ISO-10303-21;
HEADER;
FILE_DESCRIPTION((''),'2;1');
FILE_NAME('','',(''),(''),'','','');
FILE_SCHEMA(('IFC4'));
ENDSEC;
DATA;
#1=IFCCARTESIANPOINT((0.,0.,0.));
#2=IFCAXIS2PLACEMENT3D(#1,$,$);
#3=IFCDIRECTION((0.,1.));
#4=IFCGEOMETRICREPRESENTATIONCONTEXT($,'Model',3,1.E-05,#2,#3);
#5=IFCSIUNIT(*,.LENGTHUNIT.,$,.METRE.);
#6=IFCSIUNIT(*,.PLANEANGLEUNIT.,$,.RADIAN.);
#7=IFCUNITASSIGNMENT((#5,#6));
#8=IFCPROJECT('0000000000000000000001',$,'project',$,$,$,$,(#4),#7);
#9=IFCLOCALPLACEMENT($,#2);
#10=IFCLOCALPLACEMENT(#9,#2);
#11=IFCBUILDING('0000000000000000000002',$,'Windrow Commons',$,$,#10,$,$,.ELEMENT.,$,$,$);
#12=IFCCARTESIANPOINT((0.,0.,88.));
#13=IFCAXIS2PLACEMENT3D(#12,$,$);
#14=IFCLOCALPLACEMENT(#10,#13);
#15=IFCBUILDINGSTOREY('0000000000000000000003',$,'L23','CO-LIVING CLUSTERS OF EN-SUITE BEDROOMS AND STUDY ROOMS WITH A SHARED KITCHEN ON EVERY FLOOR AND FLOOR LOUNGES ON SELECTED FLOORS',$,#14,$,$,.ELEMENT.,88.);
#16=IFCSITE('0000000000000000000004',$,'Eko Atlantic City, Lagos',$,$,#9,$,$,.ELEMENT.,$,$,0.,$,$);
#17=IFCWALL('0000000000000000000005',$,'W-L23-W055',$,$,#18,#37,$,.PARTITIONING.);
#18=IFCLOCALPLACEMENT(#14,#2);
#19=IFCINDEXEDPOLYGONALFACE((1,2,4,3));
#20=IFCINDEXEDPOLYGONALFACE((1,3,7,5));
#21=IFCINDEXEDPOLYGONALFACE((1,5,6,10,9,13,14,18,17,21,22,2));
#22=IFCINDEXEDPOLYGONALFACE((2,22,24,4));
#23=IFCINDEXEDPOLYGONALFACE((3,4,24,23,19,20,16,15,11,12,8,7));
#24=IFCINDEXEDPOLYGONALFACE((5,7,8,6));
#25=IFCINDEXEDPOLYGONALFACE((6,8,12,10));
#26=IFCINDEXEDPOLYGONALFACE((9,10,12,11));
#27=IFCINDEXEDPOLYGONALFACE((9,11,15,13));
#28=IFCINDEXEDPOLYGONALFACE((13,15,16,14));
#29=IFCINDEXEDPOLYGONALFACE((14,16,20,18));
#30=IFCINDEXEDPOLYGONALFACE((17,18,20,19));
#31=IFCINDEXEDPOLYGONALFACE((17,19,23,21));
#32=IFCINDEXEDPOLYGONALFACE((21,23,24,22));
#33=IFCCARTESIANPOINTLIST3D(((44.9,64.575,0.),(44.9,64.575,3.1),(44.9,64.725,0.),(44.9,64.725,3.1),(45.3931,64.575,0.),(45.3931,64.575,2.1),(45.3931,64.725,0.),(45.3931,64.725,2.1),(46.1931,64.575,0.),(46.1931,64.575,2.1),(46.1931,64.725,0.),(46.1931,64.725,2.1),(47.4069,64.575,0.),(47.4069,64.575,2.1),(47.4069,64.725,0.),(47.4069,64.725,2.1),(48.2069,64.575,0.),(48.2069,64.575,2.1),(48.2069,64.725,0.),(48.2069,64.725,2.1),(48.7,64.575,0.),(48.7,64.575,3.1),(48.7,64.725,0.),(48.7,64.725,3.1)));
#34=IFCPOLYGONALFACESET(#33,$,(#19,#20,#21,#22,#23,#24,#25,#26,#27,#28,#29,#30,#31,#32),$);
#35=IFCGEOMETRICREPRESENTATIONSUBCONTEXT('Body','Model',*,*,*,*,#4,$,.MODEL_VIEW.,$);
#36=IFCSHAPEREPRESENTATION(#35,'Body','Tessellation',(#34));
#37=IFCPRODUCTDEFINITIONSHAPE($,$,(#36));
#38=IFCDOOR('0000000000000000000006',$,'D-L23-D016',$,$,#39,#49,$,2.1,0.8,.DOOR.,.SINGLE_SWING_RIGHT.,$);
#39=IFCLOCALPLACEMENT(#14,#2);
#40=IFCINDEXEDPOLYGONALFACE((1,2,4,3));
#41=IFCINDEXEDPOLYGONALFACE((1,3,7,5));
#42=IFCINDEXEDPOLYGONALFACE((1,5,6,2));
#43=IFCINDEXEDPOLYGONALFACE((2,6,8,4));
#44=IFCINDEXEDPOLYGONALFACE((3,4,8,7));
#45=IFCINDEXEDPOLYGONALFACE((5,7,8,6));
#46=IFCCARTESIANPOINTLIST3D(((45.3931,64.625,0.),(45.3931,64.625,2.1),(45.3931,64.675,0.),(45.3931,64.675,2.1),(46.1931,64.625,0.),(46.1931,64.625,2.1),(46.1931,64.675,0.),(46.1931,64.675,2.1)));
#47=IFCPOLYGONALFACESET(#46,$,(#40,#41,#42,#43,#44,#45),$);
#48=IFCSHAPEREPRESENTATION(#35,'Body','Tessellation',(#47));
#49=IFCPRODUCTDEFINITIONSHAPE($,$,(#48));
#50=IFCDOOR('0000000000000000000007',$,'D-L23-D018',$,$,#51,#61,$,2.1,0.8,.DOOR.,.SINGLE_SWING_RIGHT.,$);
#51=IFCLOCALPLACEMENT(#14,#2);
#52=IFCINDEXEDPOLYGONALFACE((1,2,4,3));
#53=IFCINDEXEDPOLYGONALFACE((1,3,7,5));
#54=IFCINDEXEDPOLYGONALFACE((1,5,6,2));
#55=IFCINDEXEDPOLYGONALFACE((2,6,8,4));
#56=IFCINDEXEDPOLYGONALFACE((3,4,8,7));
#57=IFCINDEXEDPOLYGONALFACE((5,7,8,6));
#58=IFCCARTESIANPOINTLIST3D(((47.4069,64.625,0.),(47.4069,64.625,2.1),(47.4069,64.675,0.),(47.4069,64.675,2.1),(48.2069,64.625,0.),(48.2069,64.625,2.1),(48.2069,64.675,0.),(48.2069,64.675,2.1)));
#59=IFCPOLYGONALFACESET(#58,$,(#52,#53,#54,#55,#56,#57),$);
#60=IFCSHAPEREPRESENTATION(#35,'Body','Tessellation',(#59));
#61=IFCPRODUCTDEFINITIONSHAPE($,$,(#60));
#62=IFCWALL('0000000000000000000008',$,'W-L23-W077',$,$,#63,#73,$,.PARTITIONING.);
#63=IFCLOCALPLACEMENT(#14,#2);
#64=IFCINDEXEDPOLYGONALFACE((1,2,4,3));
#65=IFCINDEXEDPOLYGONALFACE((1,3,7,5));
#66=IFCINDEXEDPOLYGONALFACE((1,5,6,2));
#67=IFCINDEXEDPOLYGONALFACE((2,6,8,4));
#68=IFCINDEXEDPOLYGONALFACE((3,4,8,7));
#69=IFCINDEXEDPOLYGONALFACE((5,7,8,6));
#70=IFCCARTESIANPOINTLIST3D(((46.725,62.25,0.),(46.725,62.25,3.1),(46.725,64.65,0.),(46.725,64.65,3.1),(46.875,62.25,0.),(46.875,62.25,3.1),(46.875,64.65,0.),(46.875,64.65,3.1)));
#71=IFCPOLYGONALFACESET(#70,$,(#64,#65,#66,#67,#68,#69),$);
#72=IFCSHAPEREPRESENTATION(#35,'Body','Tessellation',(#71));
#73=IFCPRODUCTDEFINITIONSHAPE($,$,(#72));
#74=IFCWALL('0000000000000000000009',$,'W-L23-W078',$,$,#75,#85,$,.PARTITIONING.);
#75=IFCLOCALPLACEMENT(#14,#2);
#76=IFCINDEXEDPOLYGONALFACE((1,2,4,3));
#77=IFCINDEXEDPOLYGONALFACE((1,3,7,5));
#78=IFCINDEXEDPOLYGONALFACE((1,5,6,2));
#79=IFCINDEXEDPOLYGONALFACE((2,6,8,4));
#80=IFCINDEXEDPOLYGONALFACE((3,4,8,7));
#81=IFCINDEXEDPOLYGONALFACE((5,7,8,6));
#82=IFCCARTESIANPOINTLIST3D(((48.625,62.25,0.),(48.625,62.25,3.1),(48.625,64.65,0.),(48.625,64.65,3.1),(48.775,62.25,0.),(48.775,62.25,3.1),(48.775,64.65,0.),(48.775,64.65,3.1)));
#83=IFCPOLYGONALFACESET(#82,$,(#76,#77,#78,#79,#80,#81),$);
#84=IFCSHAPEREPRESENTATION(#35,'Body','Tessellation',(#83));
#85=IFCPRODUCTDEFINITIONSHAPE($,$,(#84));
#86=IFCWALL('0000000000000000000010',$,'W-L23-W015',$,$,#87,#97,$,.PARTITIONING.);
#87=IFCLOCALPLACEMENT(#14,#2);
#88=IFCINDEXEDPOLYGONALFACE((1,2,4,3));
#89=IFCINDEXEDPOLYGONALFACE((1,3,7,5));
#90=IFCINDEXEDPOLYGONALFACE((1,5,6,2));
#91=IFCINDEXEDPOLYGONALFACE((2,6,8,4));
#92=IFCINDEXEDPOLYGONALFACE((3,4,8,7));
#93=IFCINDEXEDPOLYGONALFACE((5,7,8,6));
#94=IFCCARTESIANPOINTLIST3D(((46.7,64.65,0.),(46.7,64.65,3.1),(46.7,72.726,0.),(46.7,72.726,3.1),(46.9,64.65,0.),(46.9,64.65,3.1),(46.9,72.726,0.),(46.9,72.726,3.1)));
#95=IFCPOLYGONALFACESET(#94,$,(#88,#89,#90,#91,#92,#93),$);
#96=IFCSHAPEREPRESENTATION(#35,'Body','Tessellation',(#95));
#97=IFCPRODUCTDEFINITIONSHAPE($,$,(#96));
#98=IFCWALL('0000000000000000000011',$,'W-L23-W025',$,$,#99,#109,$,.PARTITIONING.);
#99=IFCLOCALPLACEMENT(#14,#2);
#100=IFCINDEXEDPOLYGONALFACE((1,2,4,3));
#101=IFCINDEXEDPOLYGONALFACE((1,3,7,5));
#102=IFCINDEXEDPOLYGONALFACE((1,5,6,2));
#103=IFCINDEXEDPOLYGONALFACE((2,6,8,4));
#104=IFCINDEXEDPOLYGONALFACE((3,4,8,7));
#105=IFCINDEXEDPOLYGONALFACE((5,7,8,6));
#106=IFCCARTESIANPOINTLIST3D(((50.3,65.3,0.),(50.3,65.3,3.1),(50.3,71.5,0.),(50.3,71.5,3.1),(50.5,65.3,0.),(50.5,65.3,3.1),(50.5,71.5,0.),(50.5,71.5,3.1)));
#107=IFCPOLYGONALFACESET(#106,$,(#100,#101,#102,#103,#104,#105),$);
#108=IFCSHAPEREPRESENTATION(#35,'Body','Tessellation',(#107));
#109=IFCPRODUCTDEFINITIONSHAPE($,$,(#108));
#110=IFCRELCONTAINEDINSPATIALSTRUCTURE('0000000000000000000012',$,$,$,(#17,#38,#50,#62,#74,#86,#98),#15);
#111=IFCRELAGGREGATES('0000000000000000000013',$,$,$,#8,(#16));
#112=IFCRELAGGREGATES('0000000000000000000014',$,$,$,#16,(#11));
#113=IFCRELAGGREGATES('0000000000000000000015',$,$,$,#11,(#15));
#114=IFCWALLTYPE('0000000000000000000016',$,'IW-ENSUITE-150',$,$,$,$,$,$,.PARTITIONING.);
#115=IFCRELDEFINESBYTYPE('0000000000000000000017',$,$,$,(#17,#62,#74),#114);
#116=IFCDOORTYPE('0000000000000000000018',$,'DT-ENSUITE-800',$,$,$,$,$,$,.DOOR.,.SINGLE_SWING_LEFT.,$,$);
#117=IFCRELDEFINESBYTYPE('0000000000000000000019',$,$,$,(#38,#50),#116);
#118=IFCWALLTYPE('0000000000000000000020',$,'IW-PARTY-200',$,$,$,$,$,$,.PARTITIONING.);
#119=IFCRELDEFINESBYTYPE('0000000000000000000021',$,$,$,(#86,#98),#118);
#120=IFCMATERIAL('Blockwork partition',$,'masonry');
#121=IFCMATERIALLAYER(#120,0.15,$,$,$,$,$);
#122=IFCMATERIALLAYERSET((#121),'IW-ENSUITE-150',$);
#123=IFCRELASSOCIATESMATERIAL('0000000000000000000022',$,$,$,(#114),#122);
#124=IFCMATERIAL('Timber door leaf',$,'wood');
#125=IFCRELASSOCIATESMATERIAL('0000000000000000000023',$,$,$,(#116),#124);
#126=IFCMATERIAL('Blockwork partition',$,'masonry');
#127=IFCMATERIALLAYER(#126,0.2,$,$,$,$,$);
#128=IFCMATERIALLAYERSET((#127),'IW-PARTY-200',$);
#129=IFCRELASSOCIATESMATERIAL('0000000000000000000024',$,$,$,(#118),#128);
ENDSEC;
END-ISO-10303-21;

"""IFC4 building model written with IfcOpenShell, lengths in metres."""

from ifc_helpers import new_model, si_unit, direction, frame, frame_2d, origin, place, context, subcontext, project, spatial, rectangle, extrude, material, layer, layer_set, type_object, element, fill, save


model = new_model("IFC4")

# Units and contexts
model_context = context("Model", 3, precision=1e-05, world=origin(), true_north=direction((0.0, 1.0)))
body_context = subcontext(model_context, "Body", "Model", "MODEL_VIEW")
ifc_project = project(units=[si_unit("LENGTHUNIT", "METRE"), si_unit("PLANEANGLEUNIT", "RADIAN")], contexts=[model_context])

# Site, building, storey
site_placement = place(None, origin())
site = spatial("IfcSite", under=ifc_project, at=site_placement, Name="Eko Atlantic City, Lagos", CompositionType="ELEMENT", RefElevation=0.0)
building_placement = place(site_placement, origin())
building = spatial("IfcBuilding", under=site, at=building_placement, Name="Windrow Commons", CompositionType="ELEMENT")
storey_placement = place(building_placement, frame((0.0, 0.0, 88.0)))
storey = spatial("IfcBuildingStorey", under=building, at=storey_placement, Name="L23", Description="CO-LIVING CLUSTERS OF EN-SUITE BEDROOMS AND STUDY ROOMS WITH A SHARED KITCHEN ON EVERY FLOOR AND FLOOR LOUNGES ON SELECTED FLOORS", CompositionType="ELEMENT", Elevation=88.0)

# Wall, openings, doors
ifc_material_1 = material(Name="Blockwork partition", Category="masonry")
ifc_layer_1 = layer(ifc_material_1, 0.15)
ifc_layer_set_1 = layer_set([ifc_layer_1], Name="IW-ENSUITE-150")
wall_type_1 = type_object("IfcWallType", Name="IW-ENSUITE-150", PredefinedType="PARTITIONING", material=ifc_layer_set_1)
wall_1_placement = place(storey_placement, frame((44.9, 64.65, 0.0), z_axis=(0.0, 0.0, 1.0), x_axis=(1.0, 0.0, 0.0)))
wall_1 = element("IfcWall", 1, at=wall_1_placement, inside=storey, type_object=wall_type_1, Name="W-L23-W055", PredefinedType="PARTITIONING", context=body_context, shape_type="SweptSolid", body=[
    extrude(rectangle(XDim=3.8, YDim=0.15, at=frame_2d((1.9, 0.0))), origin(), (0.0, 0.0, 1.0), 3.1),
])
opening_1_placement = place(wall_1_placement, frame((0.4931, 0.0, 0.0)))
opening_1 = element("IfcOpeningElement", 2, at=opening_1_placement, cuts=wall_1, PredefinedType="OPENING", context=body_context, shape_type="SweptSolid", body=[
    extrude(rectangle(XDim=0.8, YDim=2.1, at=frame_2d((0.4, 1.05))), frame((0.0, 0.085, 0.0), z_axis=(0.0, -1.0, 0.0), x_axis=(1.0, 0.0, 0.0)), (0.0, 0.0, 1.0), 0.17),
])
opening_2_placement = place(wall_1_placement, frame((2.5069, 0.0, 0.0)))
opening_2 = element("IfcOpeningElement", 3, at=opening_2_placement, cuts=wall_1, PredefinedType="OPENING", context=body_context, shape_type="SweptSolid", body=[
    extrude(rectangle(XDim=0.8, YDim=2.1, at=frame_2d((0.4, 1.05))), frame((0.0, 0.085, 0.0), z_axis=(0.0, -1.0, 0.0), x_axis=(1.0, 0.0, 0.0)), (0.0, 0.0, 1.0), 0.17),
])
ifc_material_2 = material(Name="Timber door leaf", Category="wood")
door_type = type_object("IfcDoorType", Name="DT-ENSUITE-800", OperationType="SINGLE_SWING_LEFT", PredefinedType="DOOR", material=ifc_material_2)
door_1_placement = place(opening_1_placement, origin())
door_1 = element("IfcDoor", 4, at=door_1_placement, inside=storey, type_object=door_type, Name="D-L23-D016", OperationType="SINGLE_SWING_RIGHT", OverallHeight=2.1, OverallWidth=0.8, PredefinedType="DOOR", context=body_context, shape_type="SweptSolid", body=[
    extrude(rectangle(XDim=0.8, YDim=2.1, at=frame_2d((0.4, 1.05))), frame((0.0, 0.025, 0.0), z_axis=(0.0, -1.0, 0.0), x_axis=(1.0, 0.0, 0.0)), (0.0, 0.0, 1.0), 0.05),
])
fill(opening_1, door_1)
door_2_placement = place(opening_2_placement, origin())
door_2 = element("IfcDoor", 5, at=door_2_placement, inside=storey, type_object=door_type, Name="D-L23-D018", OperationType="SINGLE_SWING_RIGHT", OverallHeight=2.1, OverallWidth=0.8, PredefinedType="DOOR", context=body_context, shape_type="SweptSolid", body=[
    extrude(rectangle(XDim=0.8, YDim=2.1, at=frame_2d((0.4, 1.05))), frame((0.0, 0.025, 0.0), z_axis=(0.0, -1.0, 0.0), x_axis=(1.0, 0.0, 0.0)), (0.0, 0.0, 1.0), 0.05),
])
fill(opening_2, door_2)

# Walls
for number, where, z_axis, x_axis, name in (
    (6, (46.8, 62.25, 0.0), (0.0, 0.0, 1.0), (0.0, 1.0, 0.0), "W-L23-W077"),
    (7, (48.7, 62.25, 0.0), (0.0, 0.0, 1.0), (0.0, 1.0, 0.0), "W-L23-W078"),
):
    element("IfcWall", number, at=place(storey_placement, frame(where, z_axis=z_axis, x_axis=x_axis)), inside=storey, type_object=wall_type_1, Name=name, PredefinedType="PARTITIONING", context=body_context, shape_type="SweptSolid", body=[
        extrude(rectangle(XDim=2.4, YDim=0.15, at=frame_2d((1.2, 0.0))), origin(), (0.0, 0.0, 1.0), 3.1),
    ])
ifc_material_3 = material(Name="Blockwork partition", Category="masonry")
ifc_layer_2 = layer(ifc_material_3, 0.2)
ifc_layer_set_2 = layer_set([ifc_layer_2], Name="IW-PARTY-200")
wall_type_2 = type_object("IfcWallType", Name="IW-PARTY-200", PredefinedType="PARTITIONING", material=ifc_layer_set_2)
wall_2_placement = place(storey_placement, frame((46.8, 64.65, 0.0), z_axis=(0.0, 0.0, 1.0), x_axis=(0.0, 1.0, 0.0)))
element("IfcWall", 8, at=wall_2_placement, inside=storey, type_object=wall_type_2, Name="W-L23-W015", PredefinedType="PARTITIONING", context=body_context, shape_type="SweptSolid", body=[
    extrude(rectangle(XDim=8.076, YDim=0.2, at=frame_2d((4.038, 0.0))), origin(), (0.0, 0.0, 1.0), 3.1),
])
wall_3_placement = place(storey_placement, frame((50.4, 65.3, 0.0), z_axis=(0.0, 0.0, 1.0), x_axis=(0.0, 1.0, 0.0)))
element("IfcWall", 9, at=wall_3_placement, inside=storey, type_object=wall_type_2, Name="W-L23-W025", PredefinedType="PARTITIONING", context=body_context, shape_type="SweptSolid", body=[
    extrude(rectangle(XDim=6.2, YDim=0.2, at=frame_2d((3.1, 0.0))), origin(), (0.0, 0.0, 1.0), 3.1),
])

save(model, "model.ifc")
